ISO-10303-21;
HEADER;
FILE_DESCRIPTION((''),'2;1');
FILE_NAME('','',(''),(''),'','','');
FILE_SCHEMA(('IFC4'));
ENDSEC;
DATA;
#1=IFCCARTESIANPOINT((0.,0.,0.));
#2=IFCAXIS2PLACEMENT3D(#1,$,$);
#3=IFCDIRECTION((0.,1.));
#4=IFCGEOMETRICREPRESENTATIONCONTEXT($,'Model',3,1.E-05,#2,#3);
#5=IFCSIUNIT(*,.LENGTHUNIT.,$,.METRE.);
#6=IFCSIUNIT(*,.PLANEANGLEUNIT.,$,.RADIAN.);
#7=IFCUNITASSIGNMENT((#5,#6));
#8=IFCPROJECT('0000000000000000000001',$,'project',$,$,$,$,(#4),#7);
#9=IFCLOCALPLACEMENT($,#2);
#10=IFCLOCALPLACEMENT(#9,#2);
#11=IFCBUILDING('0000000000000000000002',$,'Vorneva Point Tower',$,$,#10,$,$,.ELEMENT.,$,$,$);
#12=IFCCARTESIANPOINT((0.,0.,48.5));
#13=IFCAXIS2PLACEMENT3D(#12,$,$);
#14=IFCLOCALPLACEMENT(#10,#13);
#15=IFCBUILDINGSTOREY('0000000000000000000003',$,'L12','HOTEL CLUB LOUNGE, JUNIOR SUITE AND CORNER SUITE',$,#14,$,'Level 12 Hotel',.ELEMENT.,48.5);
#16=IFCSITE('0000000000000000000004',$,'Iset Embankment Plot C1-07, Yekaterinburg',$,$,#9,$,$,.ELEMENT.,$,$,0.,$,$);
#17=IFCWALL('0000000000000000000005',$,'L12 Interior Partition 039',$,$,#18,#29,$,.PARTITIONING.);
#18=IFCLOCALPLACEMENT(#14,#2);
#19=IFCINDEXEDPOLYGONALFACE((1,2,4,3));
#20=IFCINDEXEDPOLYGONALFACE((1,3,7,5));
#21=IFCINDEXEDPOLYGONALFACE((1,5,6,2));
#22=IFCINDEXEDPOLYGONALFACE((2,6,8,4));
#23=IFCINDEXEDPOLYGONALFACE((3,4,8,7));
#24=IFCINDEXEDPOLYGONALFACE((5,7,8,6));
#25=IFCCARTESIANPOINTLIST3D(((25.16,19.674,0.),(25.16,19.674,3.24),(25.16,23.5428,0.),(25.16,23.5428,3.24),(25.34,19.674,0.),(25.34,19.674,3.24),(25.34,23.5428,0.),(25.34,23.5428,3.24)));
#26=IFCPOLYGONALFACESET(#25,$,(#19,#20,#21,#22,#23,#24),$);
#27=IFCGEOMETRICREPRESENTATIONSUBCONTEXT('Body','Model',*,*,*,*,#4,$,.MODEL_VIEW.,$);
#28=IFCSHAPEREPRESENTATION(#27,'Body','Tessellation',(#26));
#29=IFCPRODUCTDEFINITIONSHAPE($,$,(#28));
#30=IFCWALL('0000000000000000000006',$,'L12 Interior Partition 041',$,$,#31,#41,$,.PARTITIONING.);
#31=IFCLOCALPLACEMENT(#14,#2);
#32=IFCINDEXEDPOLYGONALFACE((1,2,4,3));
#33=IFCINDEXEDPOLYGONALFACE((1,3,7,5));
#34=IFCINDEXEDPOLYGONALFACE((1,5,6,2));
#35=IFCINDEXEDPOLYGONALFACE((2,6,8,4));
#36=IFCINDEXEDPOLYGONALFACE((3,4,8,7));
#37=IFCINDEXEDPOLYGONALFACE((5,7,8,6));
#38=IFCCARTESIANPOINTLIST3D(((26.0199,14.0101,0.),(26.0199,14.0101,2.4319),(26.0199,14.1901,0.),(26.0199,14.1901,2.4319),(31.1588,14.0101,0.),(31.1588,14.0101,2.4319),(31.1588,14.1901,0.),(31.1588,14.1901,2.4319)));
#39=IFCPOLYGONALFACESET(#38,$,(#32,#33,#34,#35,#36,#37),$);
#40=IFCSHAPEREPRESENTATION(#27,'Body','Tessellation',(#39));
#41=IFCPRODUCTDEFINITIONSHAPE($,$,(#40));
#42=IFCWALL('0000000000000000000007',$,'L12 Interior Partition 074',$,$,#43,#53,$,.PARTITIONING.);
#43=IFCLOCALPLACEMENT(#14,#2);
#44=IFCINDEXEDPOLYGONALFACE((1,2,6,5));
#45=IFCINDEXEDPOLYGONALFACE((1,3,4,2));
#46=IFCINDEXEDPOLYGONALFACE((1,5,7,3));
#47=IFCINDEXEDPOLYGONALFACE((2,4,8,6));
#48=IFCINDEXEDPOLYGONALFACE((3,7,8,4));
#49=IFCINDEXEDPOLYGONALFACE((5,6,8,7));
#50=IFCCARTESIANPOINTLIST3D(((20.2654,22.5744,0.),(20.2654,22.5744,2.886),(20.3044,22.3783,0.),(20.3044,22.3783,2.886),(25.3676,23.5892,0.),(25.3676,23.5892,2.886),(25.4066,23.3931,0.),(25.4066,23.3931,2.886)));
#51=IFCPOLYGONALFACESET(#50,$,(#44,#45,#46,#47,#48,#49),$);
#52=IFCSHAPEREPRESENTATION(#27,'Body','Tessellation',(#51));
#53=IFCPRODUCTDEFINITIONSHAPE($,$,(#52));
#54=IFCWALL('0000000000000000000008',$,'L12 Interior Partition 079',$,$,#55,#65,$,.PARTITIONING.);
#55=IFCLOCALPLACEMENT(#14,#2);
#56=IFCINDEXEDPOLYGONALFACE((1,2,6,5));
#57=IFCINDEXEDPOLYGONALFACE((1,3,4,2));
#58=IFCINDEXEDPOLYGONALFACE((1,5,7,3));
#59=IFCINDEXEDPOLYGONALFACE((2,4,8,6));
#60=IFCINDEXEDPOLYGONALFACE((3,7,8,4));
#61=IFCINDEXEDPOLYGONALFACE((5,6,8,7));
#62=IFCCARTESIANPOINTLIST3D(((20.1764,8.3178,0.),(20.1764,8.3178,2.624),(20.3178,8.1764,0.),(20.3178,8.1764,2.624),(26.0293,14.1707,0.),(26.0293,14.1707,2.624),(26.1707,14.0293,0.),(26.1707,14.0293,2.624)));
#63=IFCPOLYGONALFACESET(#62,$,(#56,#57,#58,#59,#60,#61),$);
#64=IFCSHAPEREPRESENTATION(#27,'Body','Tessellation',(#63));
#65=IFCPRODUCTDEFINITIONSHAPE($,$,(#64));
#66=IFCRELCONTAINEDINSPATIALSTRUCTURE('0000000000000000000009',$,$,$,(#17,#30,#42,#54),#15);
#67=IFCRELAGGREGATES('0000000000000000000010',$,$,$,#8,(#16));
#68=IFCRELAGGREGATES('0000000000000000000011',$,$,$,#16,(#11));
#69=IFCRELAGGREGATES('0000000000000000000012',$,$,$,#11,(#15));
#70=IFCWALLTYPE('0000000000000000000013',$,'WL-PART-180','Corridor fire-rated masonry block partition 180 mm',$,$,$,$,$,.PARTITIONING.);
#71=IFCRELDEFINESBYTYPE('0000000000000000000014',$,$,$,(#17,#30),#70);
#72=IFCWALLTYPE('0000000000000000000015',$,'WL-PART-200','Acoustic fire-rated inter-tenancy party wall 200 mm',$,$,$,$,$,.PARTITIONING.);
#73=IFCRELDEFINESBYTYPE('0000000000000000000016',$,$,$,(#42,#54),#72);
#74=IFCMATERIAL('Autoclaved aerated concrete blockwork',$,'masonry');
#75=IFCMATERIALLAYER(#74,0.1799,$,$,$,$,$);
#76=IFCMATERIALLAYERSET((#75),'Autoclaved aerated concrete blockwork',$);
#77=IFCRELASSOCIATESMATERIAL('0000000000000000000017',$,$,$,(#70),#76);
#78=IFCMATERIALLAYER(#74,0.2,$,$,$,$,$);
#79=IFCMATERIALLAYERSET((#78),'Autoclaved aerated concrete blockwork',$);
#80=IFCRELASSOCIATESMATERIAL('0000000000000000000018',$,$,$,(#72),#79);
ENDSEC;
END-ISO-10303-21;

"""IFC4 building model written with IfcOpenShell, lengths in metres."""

from ifc_helpers import new_model, si_unit, direction, frame, frame_2d, origin, place, context, subcontext, project, spatial, rectangle, extrude, material, layer, layer_set, type_object, element, save


model = new_model("IFC4")

# Units and contexts
model_context = context("Model", 3, precision=1e-05, world=origin(), true_north=direction((0.0, 1.0)))
body_context = subcontext(model_context, "Body", "Model", "MODEL_VIEW")
ifc_project = project(units=[si_unit("LENGTHUNIT", "METRE"), si_unit("PLANEANGLEUNIT", "RADIAN")], contexts=[model_context])

# Site, building, storey
site_placement = place(None, origin())
site = spatial("IfcSite", under=ifc_project, at=site_placement, Name="Iset Embankment Plot C1-07, Yekaterinburg", CompositionType="ELEMENT", RefElevation=0.0)
building_placement = place(site_placement, origin())
building = spatial("IfcBuilding", under=site, at=building_placement, Name="Vorneva Point Tower", CompositionType="ELEMENT")
storey_placement = place(building_placement, frame((0.0, 0.0, 48.5)))
storey = spatial("IfcBuildingStorey", under=building, at=storey_placement, Name="L12", Description="HOTEL CLUB LOUNGE, JUNIOR SUITE AND CORNER SUITE", LongName="Level 12 Hotel", CompositionType="ELEMENT", Elevation=48.5)

# Shared definitions
ifc_material_1 = material(Name="Autoclaved aerated concrete blockwork", Category="masonry")
ifc_layer_1 = layer(ifc_material_1, 0.1799)
ifc_layer_set_1 = layer_set([ifc_layer_1], Name="Autoclaved aerated concrete blockwork")
wall_type_1 = type_object("IfcWallType", Name="WL-PART-180", Description="Corridor fire-rated masonry block partition 180 mm", PredefinedType="PARTITIONING", material=ifc_layer_set_1)

# Walls
wall_1_placement = place(storey_placement, frame((25.25, 23.543, 0.0), z_axis=(0.0, 0.0, 1.0), x_axis=(0.0, -1.0, 0.0)))
element("IfcWall", 1, at=wall_1_placement, inside=storey, type_object=wall_type_1, Name="L12 Interior Partition 039", PredefinedType="PARTITIONING", context=body_context, shape_type="SweptSolid", body=[
    extrude(rectangle(XDim=3.8689, YDim=0.1799, at=frame_2d((1.9346, 0.0))), origin(), (0.0, 0.0, 1.0), 3.24),
])
wall_2_placement = place(storey_placement, frame((26.02, 14.1001, 0.0), z_axis=(0.0, 0.0, 1.0), x_axis=(1.0, 0.0, 0.0)))
element("IfcWall", 2, at=wall_2_placement, inside=storey, type_object=wall_type_1, Name="L12 Interior Partition 041", PredefinedType="PARTITIONING", context=body_context, shape_type="SweptSolid", body=[
    extrude(rectangle(XDim=5.1389, YDim=0.1799, at=frame_2d((2.5693, 0.0))), origin(), (0.0, 0.0, 1.0), 2.4319),
])
ifc_layer_2 = layer(ifc_material_1, 0.2)
ifc_layer_set_2 = layer_set([ifc_layer_2], Name="Autoclaved aerated concrete blockwork")
wall_type_2 = type_object("IfcWallType", Name="WL-PART-200", Description="Acoustic fire-rated inter-tenancy party wall 200 mm", PredefinedType="PARTITIONING", material=ifc_layer_set_2)
wall_3_placement = place(storey_placement, frame((20.2849, 22.4763, 0.0), z_axis=(0.0, 0.0, 1.0), x_axis=(0.980786, 0.195087, 0.0)))
element("IfcWall", 3, at=wall_3_placement, inside=storey, type_object=wall_type_2, Name="L12 Interior Partition 074", PredefinedType="PARTITIONING", context=body_context, shape_type="SweptSolid", body=[
    extrude(rectangle(XDim=5.2021, YDim=0.2, at=frame_2d((2.6011, 0.0))), origin(), (0.0, 0.0, 1.0), 2.886),
])
wall_4_placement = place(storey_placement, frame((20.2471, 8.2471, 0.0), z_axis=(0.0, 0.0, 1.0), x_axis=(0.707107, 0.707107, 0.0)))
element("IfcWall", 4, at=wall_4_placement, inside=storey, type_object=wall_type_2, Name="L12 Interior Partition 079", PredefinedType="PARTITIONING", context=body_context, shape_type="SweptSolid", body=[
    extrude(rectangle(XDim=8.2773, YDim=0.2, at=frame_2d((4.1387, 0.0))), origin(), (0.0, 0.0, 1.0), 2.624),
])

save(model, "model.ifc")
